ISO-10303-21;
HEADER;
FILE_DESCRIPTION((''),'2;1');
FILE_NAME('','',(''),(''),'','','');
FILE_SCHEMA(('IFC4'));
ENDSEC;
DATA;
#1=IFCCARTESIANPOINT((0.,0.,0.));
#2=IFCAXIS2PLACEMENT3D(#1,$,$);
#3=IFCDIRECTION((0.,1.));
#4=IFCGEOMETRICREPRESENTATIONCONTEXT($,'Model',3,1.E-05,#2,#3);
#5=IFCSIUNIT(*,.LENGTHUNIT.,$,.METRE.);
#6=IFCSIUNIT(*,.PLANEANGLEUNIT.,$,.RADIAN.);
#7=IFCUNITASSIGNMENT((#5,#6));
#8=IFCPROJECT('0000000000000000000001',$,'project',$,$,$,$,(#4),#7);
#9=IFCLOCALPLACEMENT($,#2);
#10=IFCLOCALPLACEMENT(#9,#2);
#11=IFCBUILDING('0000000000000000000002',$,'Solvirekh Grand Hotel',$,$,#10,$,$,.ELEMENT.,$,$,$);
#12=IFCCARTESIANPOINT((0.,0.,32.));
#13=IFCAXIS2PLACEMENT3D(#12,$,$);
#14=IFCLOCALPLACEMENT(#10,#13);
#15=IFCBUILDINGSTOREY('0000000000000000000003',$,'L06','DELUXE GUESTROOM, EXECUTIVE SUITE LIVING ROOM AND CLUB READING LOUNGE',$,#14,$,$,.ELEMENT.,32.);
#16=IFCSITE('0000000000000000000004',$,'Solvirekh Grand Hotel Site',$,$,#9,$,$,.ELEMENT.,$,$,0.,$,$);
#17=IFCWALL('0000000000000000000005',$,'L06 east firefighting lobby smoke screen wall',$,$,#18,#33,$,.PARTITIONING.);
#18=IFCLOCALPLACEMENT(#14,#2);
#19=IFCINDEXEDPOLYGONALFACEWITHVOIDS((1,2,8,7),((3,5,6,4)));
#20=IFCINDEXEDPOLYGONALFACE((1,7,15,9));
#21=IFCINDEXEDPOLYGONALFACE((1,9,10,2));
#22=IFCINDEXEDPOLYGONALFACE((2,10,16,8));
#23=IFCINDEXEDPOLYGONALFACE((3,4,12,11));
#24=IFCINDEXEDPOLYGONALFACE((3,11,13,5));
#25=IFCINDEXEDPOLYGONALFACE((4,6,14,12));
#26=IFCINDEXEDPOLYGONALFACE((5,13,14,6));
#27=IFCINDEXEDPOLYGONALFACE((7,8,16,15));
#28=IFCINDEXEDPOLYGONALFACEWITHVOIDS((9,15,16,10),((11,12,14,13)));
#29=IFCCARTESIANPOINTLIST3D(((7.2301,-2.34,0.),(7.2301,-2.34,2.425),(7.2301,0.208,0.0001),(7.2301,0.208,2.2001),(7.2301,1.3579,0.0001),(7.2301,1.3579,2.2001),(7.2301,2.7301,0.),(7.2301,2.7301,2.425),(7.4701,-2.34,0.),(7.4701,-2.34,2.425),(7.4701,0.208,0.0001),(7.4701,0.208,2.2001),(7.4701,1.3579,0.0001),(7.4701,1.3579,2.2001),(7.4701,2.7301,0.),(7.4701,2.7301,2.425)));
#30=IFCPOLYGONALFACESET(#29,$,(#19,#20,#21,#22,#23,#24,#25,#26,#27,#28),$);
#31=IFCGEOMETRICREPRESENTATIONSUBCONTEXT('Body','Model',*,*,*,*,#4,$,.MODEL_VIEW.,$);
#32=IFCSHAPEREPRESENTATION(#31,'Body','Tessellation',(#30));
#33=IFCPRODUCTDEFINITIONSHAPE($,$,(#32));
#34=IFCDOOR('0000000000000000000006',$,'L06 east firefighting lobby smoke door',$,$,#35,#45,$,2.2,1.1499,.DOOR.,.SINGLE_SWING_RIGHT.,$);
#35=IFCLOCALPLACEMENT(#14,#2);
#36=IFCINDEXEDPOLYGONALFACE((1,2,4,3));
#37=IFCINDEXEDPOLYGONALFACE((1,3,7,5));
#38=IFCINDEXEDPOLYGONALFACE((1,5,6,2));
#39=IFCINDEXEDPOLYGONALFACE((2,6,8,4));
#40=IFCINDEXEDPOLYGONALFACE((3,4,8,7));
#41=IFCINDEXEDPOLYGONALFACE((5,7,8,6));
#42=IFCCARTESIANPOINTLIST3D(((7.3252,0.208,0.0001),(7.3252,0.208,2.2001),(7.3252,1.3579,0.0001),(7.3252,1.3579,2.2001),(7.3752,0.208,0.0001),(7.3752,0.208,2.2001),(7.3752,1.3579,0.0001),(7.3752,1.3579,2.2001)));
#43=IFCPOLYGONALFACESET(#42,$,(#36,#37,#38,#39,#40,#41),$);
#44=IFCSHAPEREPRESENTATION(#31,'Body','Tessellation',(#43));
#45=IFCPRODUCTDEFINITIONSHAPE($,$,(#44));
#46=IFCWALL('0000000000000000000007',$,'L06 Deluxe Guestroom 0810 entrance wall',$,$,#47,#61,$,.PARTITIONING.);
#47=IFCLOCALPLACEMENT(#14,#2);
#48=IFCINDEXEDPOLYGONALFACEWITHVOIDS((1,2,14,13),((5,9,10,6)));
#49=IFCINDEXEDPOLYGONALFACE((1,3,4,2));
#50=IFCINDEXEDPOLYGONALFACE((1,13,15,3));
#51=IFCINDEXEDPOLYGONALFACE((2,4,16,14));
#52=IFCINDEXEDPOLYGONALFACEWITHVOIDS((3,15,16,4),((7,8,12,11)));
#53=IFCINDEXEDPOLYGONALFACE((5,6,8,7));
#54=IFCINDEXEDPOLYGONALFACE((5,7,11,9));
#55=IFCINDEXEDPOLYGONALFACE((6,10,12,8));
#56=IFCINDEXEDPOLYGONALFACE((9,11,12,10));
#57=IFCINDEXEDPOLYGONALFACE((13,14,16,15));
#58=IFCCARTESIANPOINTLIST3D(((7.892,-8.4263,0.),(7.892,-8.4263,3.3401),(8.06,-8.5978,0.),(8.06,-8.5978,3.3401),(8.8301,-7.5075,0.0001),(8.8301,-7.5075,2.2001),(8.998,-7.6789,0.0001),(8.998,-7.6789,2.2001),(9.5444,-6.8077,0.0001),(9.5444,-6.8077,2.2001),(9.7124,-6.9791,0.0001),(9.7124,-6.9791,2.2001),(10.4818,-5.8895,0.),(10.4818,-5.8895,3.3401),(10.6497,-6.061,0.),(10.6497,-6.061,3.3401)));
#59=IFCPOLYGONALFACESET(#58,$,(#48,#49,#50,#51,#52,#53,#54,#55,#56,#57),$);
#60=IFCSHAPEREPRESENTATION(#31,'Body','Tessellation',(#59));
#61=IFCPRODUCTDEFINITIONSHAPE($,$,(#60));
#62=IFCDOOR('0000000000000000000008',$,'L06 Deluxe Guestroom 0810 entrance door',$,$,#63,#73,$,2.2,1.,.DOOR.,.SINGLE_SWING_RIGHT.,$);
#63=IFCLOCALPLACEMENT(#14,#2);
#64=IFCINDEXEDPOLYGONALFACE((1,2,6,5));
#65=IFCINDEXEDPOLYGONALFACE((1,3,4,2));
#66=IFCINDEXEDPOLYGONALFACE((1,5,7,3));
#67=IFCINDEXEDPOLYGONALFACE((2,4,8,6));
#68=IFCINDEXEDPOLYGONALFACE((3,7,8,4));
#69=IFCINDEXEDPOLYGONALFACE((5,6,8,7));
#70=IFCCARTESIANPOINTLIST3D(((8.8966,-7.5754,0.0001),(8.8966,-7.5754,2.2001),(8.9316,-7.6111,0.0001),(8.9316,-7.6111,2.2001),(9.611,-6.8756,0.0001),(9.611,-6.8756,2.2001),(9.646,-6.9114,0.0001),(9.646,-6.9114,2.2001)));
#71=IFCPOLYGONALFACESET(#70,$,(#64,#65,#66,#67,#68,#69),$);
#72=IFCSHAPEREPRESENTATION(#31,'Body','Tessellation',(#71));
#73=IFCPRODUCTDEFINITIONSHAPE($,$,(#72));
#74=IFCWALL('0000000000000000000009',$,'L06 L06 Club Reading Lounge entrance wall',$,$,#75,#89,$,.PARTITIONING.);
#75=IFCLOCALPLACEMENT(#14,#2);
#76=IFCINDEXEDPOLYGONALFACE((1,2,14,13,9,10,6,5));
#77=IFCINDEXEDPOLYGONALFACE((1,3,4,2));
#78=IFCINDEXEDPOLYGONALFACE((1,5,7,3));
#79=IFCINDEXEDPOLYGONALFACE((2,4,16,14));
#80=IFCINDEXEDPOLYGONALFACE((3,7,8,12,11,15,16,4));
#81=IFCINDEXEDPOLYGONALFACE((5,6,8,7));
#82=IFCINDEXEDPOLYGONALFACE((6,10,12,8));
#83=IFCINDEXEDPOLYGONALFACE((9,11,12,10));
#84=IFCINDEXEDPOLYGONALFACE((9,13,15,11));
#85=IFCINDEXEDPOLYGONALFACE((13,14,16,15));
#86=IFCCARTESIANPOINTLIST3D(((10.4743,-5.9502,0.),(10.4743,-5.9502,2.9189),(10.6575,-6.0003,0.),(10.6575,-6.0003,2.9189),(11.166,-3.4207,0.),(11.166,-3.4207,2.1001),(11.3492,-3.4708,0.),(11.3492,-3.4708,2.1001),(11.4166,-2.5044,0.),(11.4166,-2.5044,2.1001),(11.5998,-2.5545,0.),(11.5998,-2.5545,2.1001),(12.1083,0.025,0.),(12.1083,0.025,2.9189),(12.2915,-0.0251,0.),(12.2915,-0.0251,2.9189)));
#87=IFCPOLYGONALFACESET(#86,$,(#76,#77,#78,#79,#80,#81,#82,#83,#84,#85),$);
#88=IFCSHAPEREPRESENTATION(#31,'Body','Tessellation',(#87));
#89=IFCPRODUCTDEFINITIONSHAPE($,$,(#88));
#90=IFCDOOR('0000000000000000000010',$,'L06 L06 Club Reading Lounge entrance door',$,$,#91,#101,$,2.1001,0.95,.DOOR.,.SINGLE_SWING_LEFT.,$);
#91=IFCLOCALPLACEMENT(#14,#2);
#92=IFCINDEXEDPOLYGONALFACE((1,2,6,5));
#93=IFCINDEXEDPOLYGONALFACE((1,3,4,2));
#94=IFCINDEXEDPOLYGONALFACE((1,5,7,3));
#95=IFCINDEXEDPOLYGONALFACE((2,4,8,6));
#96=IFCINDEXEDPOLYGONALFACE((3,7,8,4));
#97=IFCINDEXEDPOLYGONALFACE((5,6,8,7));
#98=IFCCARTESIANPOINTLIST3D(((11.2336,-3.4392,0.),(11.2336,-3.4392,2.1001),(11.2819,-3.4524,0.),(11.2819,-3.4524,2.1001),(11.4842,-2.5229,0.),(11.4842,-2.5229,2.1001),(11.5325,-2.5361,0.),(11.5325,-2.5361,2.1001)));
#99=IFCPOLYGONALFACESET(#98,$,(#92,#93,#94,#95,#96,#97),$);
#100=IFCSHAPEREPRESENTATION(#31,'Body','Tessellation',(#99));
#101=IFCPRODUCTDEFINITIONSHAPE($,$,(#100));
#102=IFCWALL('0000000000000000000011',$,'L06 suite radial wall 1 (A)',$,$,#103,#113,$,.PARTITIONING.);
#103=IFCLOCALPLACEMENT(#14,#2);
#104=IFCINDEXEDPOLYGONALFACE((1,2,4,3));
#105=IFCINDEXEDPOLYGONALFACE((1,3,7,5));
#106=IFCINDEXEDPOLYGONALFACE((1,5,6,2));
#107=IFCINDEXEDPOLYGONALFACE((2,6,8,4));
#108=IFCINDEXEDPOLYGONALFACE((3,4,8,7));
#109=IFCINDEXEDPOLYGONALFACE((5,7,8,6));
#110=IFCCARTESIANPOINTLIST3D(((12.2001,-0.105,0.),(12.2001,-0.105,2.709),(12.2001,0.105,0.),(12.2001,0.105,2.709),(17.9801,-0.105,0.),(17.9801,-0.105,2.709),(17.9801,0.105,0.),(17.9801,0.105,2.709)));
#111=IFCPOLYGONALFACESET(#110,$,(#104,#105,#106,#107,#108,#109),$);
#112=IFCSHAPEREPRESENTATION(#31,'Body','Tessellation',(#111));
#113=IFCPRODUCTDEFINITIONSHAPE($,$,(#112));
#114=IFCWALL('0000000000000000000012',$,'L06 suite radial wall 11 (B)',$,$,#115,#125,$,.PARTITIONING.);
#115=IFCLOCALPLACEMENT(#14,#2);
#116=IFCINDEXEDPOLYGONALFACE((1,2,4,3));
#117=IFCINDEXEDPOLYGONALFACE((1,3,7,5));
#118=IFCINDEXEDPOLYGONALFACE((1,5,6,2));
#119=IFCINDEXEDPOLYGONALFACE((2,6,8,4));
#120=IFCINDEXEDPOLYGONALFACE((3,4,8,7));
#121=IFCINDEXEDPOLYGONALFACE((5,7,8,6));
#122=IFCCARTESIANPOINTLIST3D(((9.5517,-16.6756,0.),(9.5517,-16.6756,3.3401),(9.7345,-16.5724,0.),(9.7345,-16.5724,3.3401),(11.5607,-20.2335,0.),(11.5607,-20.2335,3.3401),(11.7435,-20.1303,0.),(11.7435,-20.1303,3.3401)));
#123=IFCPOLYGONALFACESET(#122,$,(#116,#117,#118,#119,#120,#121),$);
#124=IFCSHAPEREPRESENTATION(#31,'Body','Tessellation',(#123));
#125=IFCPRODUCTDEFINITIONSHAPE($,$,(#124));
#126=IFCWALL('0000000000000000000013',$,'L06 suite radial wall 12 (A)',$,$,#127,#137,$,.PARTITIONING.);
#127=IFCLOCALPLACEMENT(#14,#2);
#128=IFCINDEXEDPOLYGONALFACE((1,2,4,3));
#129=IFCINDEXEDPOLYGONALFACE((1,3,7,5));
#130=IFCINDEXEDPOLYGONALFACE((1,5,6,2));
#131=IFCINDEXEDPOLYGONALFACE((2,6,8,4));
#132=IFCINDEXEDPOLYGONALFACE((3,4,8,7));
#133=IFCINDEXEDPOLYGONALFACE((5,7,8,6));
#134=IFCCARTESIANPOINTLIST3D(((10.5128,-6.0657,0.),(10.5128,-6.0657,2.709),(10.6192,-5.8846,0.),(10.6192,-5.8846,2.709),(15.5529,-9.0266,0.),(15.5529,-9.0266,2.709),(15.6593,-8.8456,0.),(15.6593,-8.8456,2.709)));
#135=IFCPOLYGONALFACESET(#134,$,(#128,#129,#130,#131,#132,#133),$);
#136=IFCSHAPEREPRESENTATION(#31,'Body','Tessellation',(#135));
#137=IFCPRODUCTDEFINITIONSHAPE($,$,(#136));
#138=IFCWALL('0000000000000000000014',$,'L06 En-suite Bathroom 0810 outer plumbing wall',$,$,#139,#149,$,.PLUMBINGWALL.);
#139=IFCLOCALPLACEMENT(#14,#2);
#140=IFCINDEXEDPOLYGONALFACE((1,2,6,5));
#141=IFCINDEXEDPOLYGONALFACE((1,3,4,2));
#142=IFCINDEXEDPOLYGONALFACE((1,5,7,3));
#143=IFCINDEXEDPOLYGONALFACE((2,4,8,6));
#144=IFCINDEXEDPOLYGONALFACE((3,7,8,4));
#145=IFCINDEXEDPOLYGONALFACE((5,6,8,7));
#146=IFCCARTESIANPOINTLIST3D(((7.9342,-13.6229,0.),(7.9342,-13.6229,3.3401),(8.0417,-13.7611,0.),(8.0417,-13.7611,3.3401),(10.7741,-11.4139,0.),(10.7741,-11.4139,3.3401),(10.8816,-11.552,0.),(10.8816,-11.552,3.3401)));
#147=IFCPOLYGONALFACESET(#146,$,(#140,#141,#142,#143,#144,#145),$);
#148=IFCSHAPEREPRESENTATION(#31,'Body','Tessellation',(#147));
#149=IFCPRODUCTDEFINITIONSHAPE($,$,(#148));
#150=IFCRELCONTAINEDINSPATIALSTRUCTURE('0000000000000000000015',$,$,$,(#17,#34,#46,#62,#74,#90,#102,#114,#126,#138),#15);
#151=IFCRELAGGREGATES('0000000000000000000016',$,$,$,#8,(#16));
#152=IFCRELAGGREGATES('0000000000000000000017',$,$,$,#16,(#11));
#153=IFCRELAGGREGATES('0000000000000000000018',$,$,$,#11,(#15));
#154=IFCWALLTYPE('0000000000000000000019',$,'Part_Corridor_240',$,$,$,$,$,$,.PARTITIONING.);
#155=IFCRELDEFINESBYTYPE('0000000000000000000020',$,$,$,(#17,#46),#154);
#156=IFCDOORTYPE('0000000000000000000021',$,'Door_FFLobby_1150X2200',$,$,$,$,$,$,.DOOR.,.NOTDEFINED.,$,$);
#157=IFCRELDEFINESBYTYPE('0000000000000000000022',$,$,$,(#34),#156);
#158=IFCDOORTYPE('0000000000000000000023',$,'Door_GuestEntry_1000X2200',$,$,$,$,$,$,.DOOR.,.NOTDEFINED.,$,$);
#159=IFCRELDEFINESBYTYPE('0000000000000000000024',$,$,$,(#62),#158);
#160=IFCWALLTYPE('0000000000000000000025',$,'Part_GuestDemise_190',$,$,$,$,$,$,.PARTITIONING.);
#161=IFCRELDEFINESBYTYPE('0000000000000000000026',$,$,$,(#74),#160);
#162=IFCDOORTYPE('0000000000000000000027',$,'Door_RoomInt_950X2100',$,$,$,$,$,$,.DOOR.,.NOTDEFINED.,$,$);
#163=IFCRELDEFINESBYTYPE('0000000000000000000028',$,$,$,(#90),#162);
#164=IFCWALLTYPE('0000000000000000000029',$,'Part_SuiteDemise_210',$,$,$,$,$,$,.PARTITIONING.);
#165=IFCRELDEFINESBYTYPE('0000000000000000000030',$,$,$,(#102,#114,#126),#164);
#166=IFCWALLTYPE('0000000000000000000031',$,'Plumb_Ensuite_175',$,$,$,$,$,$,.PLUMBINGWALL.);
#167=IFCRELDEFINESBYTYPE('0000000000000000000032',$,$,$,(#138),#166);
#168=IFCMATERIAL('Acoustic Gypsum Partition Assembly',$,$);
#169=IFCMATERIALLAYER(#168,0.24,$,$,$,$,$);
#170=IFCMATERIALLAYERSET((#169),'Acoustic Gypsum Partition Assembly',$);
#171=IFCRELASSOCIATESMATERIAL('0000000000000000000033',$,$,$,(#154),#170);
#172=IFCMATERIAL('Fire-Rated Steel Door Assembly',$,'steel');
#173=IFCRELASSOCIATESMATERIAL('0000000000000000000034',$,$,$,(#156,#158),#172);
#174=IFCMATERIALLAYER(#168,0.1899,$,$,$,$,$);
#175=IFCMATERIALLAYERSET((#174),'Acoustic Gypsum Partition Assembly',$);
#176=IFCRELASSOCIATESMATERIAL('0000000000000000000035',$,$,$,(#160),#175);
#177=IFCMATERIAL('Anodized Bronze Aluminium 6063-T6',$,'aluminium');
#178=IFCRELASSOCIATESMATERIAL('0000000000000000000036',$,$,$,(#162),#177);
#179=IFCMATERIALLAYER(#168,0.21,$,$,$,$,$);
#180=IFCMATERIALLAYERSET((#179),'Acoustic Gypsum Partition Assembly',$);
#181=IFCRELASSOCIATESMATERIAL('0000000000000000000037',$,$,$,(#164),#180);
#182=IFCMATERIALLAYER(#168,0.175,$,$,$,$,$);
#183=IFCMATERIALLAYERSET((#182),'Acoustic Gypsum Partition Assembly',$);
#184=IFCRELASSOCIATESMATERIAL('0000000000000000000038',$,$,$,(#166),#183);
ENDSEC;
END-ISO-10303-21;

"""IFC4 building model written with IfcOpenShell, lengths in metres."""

from ifc_helpers import new_model, si_unit, direction, frame, frame_2d, origin, place, context, subcontext, project, spatial, rectangle, extrude, material, layer, layer_set, type_object, element, fill, save


model = new_model("IFC4")

# Units and contexts
model_context = context("Model", 3, precision=1e-05, world=origin(), true_north=direction((0.0, 1.0)))
body_context = subcontext(model_context, "Body", "Model", "MODEL_VIEW")
ifc_project = project(units=[si_unit("LENGTHUNIT", "METRE"), si_unit("PLANEANGLEUNIT", "RADIAN")], contexts=[model_context])

# Site, building, storey
site_placement = place(None, origin())
site = spatial("IfcSite", under=ifc_project, at=site_placement, Name="Solvirekh Grand Hotel Site", CompositionType="ELEMENT", RefElevation=0.0)
building_placement = place(site_placement, origin())
building = spatial("IfcBuilding", under=site, at=building_placement, Name="Solvirekh Grand Hotel", CompositionType="ELEMENT")
storey_placement = place(building_placement, frame((0.0, 0.0, 32.0)))
storey = spatial("IfcBuildingStorey", under=building, at=storey_placement, Name="L06", Description="DELUXE GUESTROOM, EXECUTIVE SUITE LIVING ROOM AND CLUB READING LOUNGE", CompositionType="ELEMENT", Elevation=32.0)

# Shared definitions
ifc_material_1 = material(Name="Anodized Bronze Aluminium 6063-T6", Category="aluminium")

# Walls, openings, doors
ifc_material_2 = material(Name="Acoustic Gypsum Partition Assembly")
ifc_layer_1 = layer(ifc_material_2, 0.24)
ifc_layer_set_1 = layer_set([ifc_layer_1], Name="Acoustic Gypsum Partition Assembly")
wall_type_1 = type_object("IfcWallType", Name="Part_Corridor_240", PredefinedType="PARTITIONING", material=ifc_layer_set_1)
wall_1_placement = place(storey_placement, frame((7.3501, -2.3401, 0.0), z_axis=(0.0, 0.0, 1.0), x_axis=(0.0, 1.0, 0.0)))
wall_1 = element("IfcWall", 1, at=wall_1_placement, inside=storey, type_object=wall_type_1, Name="L06 east firefighting lobby smoke screen wall", PredefinedType="PARTITIONING", context=body_context, shape_type="SweptSolid", body=[
    extrude(rectangle(XDim=5.0701, YDim=0.24, at=frame_2d((2.5352, 0.0))), origin(), (0.0, 0.0, 1.0), 2.425),
])
opening_1_placement = place(wall_1_placement, frame((2.5481, 0.0, 0.0)))
opening_1 = element("IfcOpeningElement", 2, at=opening_1_placement, cuts=wall_1, PredefinedType="OPENING", context=body_context, shape_type="SweptSolid", body=[
    extrude(rectangle(XDim=1.1499, YDim=2.2, at=frame_2d((0.575, 1.1001))), frame((0.0, 0.1299, 0.0), z_axis=(0.0, -1.0, 0.0), x_axis=(1.0, 0.0, 0.0)), (0.0, 0.0, 1.0), 0.26),
])
ifc_material_3 = material(Name="Fire-Rated Steel Door Assembly", Category="steel")
door_type_1 = type_object("IfcDoorType", Name="Door_FFLobby_1150X2200", OperationType="NOTDEFINED", PredefinedType="DOOR", material=ifc_material_3)
door_1_placement = place(opening_1_placement, origin())
door_1 = element("IfcDoor", 3, at=door_1_placement, inside=storey, type_object=door_type_1, Name="L06 east firefighting lobby smoke door", OperationType="SINGLE_SWING_RIGHT", OverallHeight=2.2, OverallWidth=1.1499, PredefinedType="DOOR", context=body_context, shape_type="SweptSolid", body=[
    extrude(rectangle(XDim=1.1499, YDim=2.2, at=frame_2d((0.575, 1.1001))), frame((0.0, 0.0249, 0.0), z_axis=(0.0, -1.0, 0.0), x_axis=(1.0, 0.0, 0.0)), (0.0, 0.0, 1.0), 0.05),
])
fill(opening_1, door_1)
wall_2_placement = place(storey_placement, frame((7.9761, -8.512, 0.0), z_axis=(0.0, 0.0, 1.0), x_axis=(0.714376, 0.699762, 0.0)))
wall_2 = element("IfcWall", 4, at=wall_2_placement, inside=storey, type_object=wall_type_1, Name="L06 Deluxe Guestroom 0810 entrance wall", PredefinedType="PARTITIONING", context=body_context, shape_type="SweptSolid", body=[
    extrude(rectangle(XDim=3.6252, YDim=0.24, at=frame_2d((1.8125, 0.0))), origin(), (0.0, 0.0, 1.0), 3.3401),
])
opening_2_placement = place(wall_2_placement, frame((1.313, 0.0, 0.0)))
opening_2 = element("IfcOpeningElement", 5, at=opening_2_placement, cuts=wall_2, PredefinedType="OPENING", context=body_context, shape_type="SweptSolid", body=[
    extrude(rectangle(XDim=1.0, YDim=2.2, at=frame_2d((0.5, 1.1001))), frame((0.0, 0.1299, 0.0), z_axis=(0.0, -1.0, 0.0), x_axis=(1.0, 0.0, 0.0)), (0.0, 0.0, 1.0), 0.26),
])
door_type_2 = type_object("IfcDoorType", Name="Door_GuestEntry_1000X2200", OperationType="NOTDEFINED", PredefinedType="DOOR", material=ifc_material_3)
door_2_placement = place(opening_2_placement, origin())
door_2 = element("IfcDoor", 6, at=door_2_placement, inside=storey, type_object=door_type_2, Name="L06 Deluxe Guestroom 0810 entrance door", OperationType="SINGLE_SWING_RIGHT", OverallHeight=2.2, OverallWidth=1.0, PredefinedType="DOOR", context=body_context, shape_type="SweptSolid", body=[
    extrude(rectangle(XDim=1.0, YDim=2.2, at=frame_2d((0.5, 1.1001))), frame((0.0, 0.0249, 0.0), z_axis=(0.0, -1.0, 0.0), x_axis=(1.0, 0.0, 0.0)), (0.0, 0.0, 1.0), 0.05),
])
fill(opening_2, door_2)
ifc_layer_2 = layer(ifc_material_2, 0.1899)
ifc_layer_set_2 = layer_set([ifc_layer_2], Name="Acoustic Gypsum Partition Assembly")
wall_type_2 = type_object("IfcWallType", Name="Part_GuestDemise_190", PredefinedType="PARTITIONING", material=ifc_layer_set_2)
wall_3_placement = place(storey_placement, frame((10.5659, -5.9751, 0.0), z_axis=(0.0, 0.0, 1.0), x_axis=(0.263788, 0.964581, 0.0)))
wall_3 = element("IfcWall", 7, at=wall_3_placement, inside=storey, type_object=wall_type_2, Name="L06 L06 Club Reading Lounge entrance wall", PredefinedType="PARTITIONING", context=body_context, shape_type="SweptSolid", body=[
    extrude(rectangle(XDim=6.1946, YDim=0.1899, at=frame_2d((3.0972, 0.0))), origin(), (0.0, 0.0, 1.0), 2.9189),
])
opening_3_placement = place(wall_3_placement, frame((2.6221, 0.0, 0.0)))
opening_3 = element("IfcOpeningElement", 8, at=opening_3_placement, cuts=wall_3, PredefinedType="OPENING", context=body_context, shape_type="SweptSolid", body=[
    extrude(rectangle(XDim=0.95, YDim=2.1001, at=frame_2d((0.4751, 1.05))), frame((0.0, 0.105, 0.0), z_axis=(0.0, -1.0, 0.0), x_axis=(1.0, 0.0, 0.0)), (0.0, 0.0, 1.0), 0.21),
])
door_type_3 = type_object("IfcDoorType", Name="Door_RoomInt_950X2100", OperationType="NOTDEFINED", PredefinedType="DOOR", material=ifc_material_1)
door_3_placement = place(opening_3_placement, origin())
door_3 = element("IfcDoor", 9, at=door_3_placement, inside=storey, type_object=door_type_3, Name="L06 L06 Club Reading Lounge entrance door", OperationType="SINGLE_SWING_LEFT", OverallHeight=2.1001, OverallWidth=0.95, PredefinedType="DOOR", context=body_context, shape_type="SweptSolid", body=[
    extrude(rectangle(XDim=0.95, YDim=2.1001, at=frame_2d((0.4751, 1.05))), frame((0.0, 0.0249, 0.0), z_axis=(0.0, -1.0, 0.0), x_axis=(1.0, 0.0, 0.0)), (0.0, 0.0, 1.0), 0.05),
])
fill(opening_3, door_3)

# Walls
ifc_layer_3 = layer(ifc_material_2, 0.21)
ifc_layer_set_3 = layer_set([ifc_layer_3], Name="Acoustic Gypsum Partition Assembly")
wall_type_3 = type_object("IfcWallType", Name="Part_SuiteDemise_210", PredefinedType="PARTITIONING", material=ifc_layer_set_3)
wall_4_placement = place(storey_placement, frame((12.2, 0.0, 0.0), z_axis=(0.0, 0.0, 1.0), x_axis=(1.0, 0.0, 0.0)))
element("IfcWall", 10, at=wall_4_placement, inside=storey, type_object=wall_type_3, Name="L06 suite radial wall 1 (A)", PredefinedType="PARTITIONING", context=body_context, shape_type="SweptSolid", body=[
    extrude(rectangle(XDim=5.78, YDim=0.21, at=frame_2d((2.8901, 0.0))), origin(), (0.0, 0.0, 1.0), 2.709),
])
wall_5_placement = place(storey_placement, frame((9.6431, -16.624, 0.0), z_axis=(0.0, 0.0, 1.0), x_axis=(0.491699, -0.870765, 0.0)))
element("IfcWall", 11, at=wall_5_placement, inside=storey, type_object=wall_type_3, Name="L06 suite radial wall 11 (B)", PredefinedType="PARTITIONING", context=body_context, shape_type="SweptSolid", body=[
    extrude(rectangle(XDim=4.0859, YDim=0.21, at=frame_2d((2.043, 0.0))), origin(), (0.0, 0.0, 1.0), 3.3401),
])
wall_6_placement = place(storey_placement, frame((10.5659, -5.9751, 0.0), z_axis=(0.0, 0.0, 1.0), x_axis=(0.862218, -0.506538, 0.0)))
element("IfcWall", 12, at=wall_6_placement, inside=storey, type_object=wall_type_3, Name="L06 suite radial wall 12 (A)", PredefinedType="PARTITIONING", context=body_context, shape_type="SweptSolid", body=[
    extrude(rectangle(XDim=5.8455, YDim=0.21, at=frame_2d((2.9229, 0.0))), origin(), (0.0, 0.0, 1.0), 2.709),
])
ifc_layer_4 = layer(ifc_material_2, 0.175)
ifc_layer_set_4 = layer_set([ifc_layer_4], Name="Acoustic Gypsum Partition Assembly")
wall_type_4 = type_object("IfcWallType", Name="Plumb_Ensuite_175", PredefinedType="PLUMBINGWALL", material=ifc_layer_set_4)
wall_7_placement = place(storey_placement, frame((7.988, -13.6919, 0.0), z_axis=(0.0, 0.0, 1.0), x_axis=(0.789323, 0.613978, 0.0)))
element("IfcWall", 13, at=wall_7_placement, inside=storey, type_object=wall_type_4, Name="L06 En-suite Bathroom 0810 outer plumbing wall", PredefinedType="PLUMBINGWALL", context=body_context, shape_type="SweptSolid", body=[
    extrude(rectangle(XDim=3.5979, YDim=0.175, at=frame_2d((1.7988, 0.0))), origin(), (0.0, 0.0, 1.0), 3.3401),
])

save(model, "model.ifc")
